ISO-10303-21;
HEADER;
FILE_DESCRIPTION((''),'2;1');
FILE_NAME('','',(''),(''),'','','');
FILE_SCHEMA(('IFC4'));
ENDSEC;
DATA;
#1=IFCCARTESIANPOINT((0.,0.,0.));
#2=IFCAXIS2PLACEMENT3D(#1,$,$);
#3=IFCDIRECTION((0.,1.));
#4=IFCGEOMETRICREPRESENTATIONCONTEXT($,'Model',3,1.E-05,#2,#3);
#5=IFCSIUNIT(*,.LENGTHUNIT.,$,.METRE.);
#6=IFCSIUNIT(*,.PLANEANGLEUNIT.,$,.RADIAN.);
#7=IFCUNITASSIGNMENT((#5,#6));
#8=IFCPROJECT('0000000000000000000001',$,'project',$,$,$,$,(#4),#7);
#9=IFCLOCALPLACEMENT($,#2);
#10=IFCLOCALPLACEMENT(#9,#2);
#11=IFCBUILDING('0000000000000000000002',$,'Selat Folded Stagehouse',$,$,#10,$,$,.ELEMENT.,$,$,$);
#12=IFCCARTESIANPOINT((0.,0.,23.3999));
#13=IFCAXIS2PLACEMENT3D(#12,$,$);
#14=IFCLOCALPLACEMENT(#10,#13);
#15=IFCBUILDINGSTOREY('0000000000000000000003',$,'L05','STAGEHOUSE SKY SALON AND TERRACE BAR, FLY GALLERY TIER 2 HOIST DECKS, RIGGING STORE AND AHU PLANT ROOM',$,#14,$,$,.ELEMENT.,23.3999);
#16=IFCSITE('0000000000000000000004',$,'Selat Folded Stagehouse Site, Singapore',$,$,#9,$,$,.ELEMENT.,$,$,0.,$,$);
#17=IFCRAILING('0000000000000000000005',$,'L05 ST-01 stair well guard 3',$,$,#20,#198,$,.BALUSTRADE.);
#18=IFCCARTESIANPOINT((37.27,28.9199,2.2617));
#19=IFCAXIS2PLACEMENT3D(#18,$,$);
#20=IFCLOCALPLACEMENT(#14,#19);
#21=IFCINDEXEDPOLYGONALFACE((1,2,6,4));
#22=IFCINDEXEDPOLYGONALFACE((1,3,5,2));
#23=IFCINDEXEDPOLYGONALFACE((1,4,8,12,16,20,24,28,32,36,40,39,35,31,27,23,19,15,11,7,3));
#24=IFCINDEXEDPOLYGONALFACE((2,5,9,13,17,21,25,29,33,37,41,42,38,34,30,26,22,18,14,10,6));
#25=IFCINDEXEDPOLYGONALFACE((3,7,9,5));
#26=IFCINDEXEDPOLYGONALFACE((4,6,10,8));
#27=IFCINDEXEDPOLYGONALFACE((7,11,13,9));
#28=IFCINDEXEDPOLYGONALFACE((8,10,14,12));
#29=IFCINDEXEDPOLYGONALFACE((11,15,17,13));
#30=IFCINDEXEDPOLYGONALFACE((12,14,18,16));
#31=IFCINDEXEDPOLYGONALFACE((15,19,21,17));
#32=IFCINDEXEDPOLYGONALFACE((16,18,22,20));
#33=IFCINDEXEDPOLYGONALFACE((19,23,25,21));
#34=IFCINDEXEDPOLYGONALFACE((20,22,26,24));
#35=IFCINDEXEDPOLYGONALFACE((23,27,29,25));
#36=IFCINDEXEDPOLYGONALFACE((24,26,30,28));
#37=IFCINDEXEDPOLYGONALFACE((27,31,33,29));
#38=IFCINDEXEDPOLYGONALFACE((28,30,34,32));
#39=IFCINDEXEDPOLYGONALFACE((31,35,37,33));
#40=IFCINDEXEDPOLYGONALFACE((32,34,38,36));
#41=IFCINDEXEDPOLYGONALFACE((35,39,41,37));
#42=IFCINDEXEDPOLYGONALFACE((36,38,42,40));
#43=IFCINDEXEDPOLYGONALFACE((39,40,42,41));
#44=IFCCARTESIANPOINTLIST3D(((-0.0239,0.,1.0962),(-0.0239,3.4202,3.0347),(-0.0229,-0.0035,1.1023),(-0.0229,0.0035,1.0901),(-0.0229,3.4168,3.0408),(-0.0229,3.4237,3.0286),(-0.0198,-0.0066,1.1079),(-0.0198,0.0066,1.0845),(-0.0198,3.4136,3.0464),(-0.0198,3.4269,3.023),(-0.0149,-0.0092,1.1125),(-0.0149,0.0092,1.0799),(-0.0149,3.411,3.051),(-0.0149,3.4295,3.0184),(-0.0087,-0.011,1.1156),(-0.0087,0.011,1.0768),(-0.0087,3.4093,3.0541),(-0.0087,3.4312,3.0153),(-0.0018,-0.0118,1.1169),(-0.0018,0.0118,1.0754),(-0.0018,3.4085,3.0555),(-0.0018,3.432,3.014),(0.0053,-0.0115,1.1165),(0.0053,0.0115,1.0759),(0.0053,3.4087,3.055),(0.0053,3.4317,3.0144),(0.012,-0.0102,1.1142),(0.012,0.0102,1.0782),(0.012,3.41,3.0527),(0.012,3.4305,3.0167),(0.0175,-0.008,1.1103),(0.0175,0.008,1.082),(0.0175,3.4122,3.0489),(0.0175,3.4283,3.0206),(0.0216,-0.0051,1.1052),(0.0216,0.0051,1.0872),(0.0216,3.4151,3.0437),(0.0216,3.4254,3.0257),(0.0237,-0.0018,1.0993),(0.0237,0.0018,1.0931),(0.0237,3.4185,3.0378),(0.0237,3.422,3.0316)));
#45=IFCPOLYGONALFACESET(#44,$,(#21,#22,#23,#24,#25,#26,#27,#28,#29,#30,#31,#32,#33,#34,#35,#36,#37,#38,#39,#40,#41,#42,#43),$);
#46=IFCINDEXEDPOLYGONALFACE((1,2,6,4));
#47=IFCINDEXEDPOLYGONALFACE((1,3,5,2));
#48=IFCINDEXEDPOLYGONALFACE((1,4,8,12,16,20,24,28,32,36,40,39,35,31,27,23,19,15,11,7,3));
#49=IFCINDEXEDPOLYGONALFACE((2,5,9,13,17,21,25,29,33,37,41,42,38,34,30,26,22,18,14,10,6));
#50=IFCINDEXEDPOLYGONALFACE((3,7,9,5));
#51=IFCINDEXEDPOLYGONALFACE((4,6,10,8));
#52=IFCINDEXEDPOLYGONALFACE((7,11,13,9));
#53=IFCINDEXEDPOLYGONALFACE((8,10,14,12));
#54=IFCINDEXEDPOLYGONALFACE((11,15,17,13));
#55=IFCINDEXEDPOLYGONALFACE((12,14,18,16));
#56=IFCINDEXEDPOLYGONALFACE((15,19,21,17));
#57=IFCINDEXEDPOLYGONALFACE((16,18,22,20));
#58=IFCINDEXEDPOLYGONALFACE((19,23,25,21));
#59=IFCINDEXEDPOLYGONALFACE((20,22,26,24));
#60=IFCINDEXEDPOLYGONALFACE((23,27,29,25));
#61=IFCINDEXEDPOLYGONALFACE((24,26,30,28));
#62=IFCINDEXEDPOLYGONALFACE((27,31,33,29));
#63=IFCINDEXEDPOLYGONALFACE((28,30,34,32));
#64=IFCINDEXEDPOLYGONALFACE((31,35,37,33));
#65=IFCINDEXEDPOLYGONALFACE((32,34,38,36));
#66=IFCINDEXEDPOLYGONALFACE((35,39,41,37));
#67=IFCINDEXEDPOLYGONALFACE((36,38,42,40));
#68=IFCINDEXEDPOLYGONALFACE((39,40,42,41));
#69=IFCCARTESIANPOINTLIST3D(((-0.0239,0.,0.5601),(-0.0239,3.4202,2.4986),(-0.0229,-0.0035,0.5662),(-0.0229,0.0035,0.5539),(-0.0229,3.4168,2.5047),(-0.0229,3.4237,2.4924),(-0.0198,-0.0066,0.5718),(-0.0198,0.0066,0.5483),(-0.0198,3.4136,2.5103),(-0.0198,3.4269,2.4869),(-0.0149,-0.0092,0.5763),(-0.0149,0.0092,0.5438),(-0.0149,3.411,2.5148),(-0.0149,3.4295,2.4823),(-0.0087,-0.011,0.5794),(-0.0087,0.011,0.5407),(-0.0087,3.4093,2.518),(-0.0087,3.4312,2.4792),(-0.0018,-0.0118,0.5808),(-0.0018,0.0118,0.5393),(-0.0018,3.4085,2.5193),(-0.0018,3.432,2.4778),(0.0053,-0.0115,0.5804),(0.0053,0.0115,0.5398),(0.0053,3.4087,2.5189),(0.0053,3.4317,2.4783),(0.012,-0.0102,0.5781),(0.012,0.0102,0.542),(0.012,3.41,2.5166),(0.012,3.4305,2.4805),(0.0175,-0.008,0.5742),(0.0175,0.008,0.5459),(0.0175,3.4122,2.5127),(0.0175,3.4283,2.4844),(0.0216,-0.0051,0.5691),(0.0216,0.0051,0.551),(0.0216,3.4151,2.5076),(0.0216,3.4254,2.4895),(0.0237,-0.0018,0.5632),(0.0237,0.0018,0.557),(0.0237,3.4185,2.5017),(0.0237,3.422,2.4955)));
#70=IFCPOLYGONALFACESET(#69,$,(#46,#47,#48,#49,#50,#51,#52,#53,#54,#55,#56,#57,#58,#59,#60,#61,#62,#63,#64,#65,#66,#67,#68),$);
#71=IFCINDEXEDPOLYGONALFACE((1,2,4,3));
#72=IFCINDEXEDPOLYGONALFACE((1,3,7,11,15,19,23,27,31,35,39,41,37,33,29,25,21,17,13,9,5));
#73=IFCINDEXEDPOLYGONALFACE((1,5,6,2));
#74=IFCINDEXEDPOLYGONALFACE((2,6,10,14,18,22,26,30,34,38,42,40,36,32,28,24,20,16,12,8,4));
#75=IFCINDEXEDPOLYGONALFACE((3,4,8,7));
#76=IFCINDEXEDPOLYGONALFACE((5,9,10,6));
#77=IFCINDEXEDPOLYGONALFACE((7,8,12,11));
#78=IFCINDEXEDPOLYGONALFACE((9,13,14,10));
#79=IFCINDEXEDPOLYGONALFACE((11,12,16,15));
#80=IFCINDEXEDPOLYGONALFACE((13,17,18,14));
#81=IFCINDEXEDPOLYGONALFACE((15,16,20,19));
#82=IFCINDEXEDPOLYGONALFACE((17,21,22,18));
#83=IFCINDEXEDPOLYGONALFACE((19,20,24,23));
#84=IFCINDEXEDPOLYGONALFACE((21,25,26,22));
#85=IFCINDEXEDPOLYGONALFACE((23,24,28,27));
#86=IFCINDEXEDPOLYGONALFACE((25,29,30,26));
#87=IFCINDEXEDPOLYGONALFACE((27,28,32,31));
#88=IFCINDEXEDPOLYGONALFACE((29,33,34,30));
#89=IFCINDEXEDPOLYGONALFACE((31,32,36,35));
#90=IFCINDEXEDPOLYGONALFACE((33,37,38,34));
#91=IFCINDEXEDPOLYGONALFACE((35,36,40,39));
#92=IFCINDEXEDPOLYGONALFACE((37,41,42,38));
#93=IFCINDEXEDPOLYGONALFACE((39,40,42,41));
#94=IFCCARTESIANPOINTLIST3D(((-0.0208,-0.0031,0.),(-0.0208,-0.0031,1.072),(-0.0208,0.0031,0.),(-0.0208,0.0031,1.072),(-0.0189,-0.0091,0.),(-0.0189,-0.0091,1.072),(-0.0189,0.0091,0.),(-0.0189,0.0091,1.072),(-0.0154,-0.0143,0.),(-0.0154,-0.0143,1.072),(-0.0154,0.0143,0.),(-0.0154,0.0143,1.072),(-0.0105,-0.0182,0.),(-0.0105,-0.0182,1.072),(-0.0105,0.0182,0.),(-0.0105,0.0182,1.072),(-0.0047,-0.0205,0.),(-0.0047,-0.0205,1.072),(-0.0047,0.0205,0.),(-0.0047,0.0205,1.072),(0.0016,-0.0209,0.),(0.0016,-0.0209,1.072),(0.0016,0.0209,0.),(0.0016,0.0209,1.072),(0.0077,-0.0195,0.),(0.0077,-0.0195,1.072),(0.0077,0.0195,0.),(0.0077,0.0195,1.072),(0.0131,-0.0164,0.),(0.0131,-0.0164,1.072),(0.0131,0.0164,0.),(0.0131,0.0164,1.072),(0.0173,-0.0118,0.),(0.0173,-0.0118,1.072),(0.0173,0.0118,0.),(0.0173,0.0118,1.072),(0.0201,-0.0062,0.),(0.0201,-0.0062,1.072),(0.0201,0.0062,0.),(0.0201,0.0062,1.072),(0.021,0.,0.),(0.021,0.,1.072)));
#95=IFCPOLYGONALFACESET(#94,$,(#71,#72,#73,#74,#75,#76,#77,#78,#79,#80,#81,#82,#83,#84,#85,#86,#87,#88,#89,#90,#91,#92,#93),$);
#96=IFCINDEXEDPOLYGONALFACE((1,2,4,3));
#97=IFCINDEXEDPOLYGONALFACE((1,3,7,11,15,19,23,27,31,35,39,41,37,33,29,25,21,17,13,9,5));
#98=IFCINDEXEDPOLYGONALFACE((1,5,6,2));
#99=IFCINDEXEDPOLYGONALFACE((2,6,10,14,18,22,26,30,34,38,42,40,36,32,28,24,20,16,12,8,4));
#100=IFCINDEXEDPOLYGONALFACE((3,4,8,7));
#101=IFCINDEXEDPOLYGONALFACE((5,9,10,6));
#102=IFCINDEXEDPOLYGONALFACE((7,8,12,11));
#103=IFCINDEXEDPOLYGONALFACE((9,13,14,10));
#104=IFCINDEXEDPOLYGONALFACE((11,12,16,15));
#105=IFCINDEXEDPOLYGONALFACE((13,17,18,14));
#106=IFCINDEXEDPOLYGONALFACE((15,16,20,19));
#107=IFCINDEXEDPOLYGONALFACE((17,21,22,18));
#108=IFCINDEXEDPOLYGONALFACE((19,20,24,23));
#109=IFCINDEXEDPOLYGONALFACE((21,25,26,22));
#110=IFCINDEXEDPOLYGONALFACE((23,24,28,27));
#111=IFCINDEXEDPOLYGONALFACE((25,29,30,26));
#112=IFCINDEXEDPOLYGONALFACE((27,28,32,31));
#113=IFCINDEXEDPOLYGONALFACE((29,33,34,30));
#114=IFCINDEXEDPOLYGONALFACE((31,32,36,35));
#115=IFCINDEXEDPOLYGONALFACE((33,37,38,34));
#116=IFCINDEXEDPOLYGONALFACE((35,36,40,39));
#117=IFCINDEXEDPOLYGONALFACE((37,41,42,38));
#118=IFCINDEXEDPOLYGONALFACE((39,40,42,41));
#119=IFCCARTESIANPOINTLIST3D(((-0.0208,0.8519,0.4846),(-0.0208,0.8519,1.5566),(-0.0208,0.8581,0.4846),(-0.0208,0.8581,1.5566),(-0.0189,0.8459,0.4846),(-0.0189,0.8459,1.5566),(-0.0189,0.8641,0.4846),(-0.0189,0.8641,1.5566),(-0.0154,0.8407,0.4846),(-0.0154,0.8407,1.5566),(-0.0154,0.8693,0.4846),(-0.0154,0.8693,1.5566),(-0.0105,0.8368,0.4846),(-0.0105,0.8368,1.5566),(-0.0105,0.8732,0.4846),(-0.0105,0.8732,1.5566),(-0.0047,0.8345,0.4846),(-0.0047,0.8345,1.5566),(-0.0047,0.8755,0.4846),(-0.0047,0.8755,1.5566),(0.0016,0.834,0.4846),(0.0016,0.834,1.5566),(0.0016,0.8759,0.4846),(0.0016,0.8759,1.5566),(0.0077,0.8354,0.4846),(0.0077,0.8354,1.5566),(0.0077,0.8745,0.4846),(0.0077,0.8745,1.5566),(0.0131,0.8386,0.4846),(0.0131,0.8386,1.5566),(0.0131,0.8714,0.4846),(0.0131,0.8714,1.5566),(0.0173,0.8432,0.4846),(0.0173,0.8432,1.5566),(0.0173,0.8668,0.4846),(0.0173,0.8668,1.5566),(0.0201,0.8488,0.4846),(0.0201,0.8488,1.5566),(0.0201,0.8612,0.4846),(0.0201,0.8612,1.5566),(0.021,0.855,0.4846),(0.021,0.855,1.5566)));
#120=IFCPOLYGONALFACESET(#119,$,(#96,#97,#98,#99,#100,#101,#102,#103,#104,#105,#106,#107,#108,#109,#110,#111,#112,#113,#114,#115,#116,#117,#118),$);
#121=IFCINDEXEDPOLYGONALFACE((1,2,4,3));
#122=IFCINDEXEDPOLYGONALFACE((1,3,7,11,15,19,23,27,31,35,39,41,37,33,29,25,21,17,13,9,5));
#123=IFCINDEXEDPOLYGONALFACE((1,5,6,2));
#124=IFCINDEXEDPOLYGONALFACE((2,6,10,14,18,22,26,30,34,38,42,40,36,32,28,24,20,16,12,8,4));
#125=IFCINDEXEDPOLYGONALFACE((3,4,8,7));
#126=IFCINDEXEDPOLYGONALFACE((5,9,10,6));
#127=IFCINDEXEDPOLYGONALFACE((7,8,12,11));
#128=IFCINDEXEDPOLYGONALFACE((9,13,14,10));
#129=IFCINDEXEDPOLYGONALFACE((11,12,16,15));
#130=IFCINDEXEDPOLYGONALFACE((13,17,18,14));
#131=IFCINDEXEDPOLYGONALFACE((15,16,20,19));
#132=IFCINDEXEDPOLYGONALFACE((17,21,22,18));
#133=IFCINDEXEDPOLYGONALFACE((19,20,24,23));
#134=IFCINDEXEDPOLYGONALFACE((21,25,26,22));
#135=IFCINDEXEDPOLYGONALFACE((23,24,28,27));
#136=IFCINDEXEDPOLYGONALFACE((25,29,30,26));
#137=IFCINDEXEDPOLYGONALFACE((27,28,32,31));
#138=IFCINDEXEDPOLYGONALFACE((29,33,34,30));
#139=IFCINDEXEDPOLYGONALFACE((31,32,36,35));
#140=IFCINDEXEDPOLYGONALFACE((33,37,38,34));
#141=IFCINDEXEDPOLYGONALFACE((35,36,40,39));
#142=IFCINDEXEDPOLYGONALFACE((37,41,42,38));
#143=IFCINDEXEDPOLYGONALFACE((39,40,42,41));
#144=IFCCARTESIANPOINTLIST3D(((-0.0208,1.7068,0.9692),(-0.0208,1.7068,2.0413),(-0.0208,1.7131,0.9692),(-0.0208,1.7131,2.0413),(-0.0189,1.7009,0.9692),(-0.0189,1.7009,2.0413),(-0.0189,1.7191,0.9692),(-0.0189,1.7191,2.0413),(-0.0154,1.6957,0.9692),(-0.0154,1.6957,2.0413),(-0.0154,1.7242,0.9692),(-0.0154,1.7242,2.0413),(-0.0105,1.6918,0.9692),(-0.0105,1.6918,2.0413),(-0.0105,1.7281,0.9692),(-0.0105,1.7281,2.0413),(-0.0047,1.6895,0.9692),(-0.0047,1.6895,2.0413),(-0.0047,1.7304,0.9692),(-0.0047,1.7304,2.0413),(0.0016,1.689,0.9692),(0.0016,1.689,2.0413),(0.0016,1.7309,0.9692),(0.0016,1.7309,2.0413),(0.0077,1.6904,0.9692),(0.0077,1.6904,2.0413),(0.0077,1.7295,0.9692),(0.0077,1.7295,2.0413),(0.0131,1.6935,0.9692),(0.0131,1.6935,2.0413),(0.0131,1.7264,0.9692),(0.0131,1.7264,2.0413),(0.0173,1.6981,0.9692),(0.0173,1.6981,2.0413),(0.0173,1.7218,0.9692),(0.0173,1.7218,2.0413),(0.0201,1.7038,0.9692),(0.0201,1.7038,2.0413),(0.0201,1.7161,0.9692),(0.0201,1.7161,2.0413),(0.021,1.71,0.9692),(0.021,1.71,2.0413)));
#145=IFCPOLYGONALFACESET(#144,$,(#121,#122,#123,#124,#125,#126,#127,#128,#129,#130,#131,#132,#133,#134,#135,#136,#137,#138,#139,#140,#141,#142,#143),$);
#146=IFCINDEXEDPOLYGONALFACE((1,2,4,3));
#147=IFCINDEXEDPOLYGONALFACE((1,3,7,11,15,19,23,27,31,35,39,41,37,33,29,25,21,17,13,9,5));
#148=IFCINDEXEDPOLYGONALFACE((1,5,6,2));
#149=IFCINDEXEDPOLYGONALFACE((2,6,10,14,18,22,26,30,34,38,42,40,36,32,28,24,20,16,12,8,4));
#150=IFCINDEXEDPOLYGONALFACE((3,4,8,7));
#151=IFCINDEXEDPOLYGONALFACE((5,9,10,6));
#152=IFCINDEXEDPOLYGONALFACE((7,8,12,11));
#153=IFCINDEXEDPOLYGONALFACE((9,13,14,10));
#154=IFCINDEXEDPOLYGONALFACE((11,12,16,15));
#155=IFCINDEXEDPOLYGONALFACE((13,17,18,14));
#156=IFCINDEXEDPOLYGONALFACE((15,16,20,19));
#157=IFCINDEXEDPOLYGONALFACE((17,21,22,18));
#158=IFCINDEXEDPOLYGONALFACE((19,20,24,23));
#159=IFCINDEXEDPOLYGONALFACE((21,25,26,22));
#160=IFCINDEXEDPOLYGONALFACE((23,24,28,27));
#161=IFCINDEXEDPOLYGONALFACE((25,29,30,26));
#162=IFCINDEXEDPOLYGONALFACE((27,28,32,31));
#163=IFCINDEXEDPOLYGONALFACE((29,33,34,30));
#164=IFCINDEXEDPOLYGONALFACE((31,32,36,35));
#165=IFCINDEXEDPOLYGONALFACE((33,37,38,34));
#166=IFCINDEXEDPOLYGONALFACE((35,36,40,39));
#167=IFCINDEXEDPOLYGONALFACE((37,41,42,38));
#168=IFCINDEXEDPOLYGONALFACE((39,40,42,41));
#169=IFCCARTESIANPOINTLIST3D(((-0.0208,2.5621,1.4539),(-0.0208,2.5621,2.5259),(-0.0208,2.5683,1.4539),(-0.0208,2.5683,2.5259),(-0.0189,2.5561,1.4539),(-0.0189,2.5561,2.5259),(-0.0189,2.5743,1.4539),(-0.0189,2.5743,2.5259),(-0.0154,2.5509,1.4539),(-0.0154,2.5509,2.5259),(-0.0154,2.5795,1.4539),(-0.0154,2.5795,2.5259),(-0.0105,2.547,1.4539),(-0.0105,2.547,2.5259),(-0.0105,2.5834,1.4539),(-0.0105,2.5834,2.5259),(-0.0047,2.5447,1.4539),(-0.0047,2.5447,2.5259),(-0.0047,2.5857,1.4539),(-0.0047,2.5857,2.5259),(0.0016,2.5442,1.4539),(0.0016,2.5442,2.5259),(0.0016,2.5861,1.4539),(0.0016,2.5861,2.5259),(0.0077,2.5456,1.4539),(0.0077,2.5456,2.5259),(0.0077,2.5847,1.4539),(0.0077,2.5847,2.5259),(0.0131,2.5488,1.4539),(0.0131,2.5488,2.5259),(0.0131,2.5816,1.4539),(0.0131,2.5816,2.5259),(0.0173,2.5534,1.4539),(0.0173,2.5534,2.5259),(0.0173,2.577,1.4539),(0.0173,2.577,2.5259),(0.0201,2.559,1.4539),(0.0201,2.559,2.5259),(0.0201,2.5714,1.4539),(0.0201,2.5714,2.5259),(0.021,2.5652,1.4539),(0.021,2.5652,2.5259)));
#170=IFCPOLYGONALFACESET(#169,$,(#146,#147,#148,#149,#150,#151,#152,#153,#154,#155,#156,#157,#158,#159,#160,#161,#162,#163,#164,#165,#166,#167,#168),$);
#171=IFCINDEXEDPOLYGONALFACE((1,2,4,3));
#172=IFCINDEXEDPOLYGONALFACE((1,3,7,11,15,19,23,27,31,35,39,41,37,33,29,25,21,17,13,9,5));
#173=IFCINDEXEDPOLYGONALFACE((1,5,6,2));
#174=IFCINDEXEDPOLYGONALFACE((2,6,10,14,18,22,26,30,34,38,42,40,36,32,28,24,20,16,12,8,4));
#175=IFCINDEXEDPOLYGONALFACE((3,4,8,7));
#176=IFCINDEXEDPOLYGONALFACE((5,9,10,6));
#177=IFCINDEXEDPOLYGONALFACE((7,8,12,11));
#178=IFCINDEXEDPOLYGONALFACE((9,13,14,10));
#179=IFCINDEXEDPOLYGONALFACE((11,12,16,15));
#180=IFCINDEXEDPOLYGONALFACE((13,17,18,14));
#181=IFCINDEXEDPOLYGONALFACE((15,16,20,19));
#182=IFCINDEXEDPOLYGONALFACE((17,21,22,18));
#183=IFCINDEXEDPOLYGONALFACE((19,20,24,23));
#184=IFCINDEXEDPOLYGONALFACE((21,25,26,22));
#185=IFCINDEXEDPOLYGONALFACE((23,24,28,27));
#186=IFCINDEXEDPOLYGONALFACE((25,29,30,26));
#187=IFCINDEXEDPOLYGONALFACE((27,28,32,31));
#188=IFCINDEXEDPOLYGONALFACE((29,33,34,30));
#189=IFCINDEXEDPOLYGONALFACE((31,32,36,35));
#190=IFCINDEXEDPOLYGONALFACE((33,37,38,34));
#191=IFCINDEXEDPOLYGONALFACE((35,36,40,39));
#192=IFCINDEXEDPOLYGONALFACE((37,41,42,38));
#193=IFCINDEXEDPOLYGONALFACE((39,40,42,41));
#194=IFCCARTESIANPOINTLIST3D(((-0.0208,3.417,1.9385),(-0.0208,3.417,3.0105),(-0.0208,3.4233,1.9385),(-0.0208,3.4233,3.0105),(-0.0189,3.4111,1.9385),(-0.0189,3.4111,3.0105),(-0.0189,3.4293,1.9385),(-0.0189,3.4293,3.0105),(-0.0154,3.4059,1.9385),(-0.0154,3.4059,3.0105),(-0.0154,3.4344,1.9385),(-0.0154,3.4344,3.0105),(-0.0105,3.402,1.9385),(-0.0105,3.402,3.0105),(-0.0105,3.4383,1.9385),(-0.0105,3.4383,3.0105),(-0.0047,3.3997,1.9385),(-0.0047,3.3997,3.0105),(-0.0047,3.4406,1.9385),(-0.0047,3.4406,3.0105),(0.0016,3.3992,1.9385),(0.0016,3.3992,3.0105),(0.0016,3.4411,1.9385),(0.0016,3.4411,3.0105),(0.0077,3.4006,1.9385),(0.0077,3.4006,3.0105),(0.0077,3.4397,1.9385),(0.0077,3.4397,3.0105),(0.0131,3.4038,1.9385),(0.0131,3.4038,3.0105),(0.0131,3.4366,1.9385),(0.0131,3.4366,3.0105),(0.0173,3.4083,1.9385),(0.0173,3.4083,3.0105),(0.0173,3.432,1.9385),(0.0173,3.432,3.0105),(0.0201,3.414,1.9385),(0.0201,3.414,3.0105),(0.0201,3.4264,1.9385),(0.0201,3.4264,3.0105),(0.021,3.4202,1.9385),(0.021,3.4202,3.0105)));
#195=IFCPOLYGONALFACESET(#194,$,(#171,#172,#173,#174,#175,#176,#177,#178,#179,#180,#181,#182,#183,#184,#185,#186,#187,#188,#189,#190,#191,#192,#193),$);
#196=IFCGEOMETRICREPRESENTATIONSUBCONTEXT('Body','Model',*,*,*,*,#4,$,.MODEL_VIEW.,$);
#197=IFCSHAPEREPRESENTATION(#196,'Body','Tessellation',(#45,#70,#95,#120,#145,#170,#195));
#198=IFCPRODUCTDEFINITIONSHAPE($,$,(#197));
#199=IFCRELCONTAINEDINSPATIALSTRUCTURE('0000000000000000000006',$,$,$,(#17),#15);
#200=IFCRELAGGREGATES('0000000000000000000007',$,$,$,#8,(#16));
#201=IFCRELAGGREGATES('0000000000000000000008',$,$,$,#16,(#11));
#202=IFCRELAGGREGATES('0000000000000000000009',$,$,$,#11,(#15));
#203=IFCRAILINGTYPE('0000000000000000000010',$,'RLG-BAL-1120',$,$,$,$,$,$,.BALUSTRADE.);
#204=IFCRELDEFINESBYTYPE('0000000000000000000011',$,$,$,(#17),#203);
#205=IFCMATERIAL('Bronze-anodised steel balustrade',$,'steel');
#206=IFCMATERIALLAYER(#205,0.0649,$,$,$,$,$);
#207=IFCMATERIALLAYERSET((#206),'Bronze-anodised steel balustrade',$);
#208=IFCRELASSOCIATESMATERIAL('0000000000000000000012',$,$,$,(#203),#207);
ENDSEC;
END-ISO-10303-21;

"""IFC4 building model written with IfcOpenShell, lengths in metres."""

from ifc_helpers import new_model, si_unit, direction, frame, origin, origin_2d, place, context, subcontext, project, spatial, circle, extrude, material, layer, layer_set, type_object, element, save


model = new_model("IFC4")

# Units and contexts
model_context = context("Model", 3, precision=1e-05, world=origin(), true_north=direction((0.0, 1.0)))
body_context = subcontext(model_context, "Body", "Model", "MODEL_VIEW")
ifc_project = project(units=[si_unit("LENGTHUNIT", "METRE"), si_unit("PLANEANGLEUNIT", "RADIAN")], contexts=[model_context])

# Site, building, storey
site_placement = place(None, origin())
site = spatial("IfcSite", under=ifc_project, at=site_placement, Name="Selat Folded Stagehouse Site, Singapore", CompositionType="ELEMENT", RefElevation=0.0)
building_placement = place(site_placement, origin())
building = spatial("IfcBuilding", under=site, at=building_placement, Name="Selat Folded Stagehouse", CompositionType="ELEMENT")
storey_placement = place(building_placement, frame((0.0, 0.0, 23.3999)))
storey = spatial("IfcBuildingStorey", under=building, at=storey_placement, Name="L05", Description="STAGEHOUSE SKY SALON AND TERRACE BAR, FLY GALLERY TIER 2 HOIST DECKS, RIGGING STORE AND AHU PLANT ROOM", CompositionType="ELEMENT", Elevation=23.3999)

# Railing
ifc_material_1 = material(Name="Bronze-anodised steel balustrade", Category="steel")
ifc_layer_1 = layer(ifc_material_1, 0.0649)
ifc_layer_set_1 = layer_set([ifc_layer_1], Name="Bronze-anodised steel balustrade")
railing_type_1 = type_object("IfcRailingType", Name="RLG-BAL-1120", PredefinedType="BALUSTRADE", material=ifc_layer_set_1)
railing_1_placement = place(storey_placement, frame((37.27, 28.9199, 2.2617)))
element("IfcRailing", 1, at=railing_1_placement, inside=storey, type_object=railing_type_1, Name="L05 ST-01 stair well guard 3", PredefinedType="BALUSTRADE", context=body_context, shape_type="SweptSolid", body=[
    extrude(circle(Radius=0.0239, at=origin_2d()), frame((0.0, 0.0, 1.0962), z_axis=(0.0, 0.86998, 0.493086), x_axis=(-1.0, 0.0, 0.0)), (0.0, 0.0, 1.0), 3.9314),
    extrude(circle(Radius=0.0239, at=origin_2d()), frame((0.0, 0.0, 0.5601), z_axis=(0.0, 0.86998, 0.493086), x_axis=(-1.0, 0.0, 0.0)), (0.0, 0.0, 1.0), 3.9314),
    extrude(circle(Radius=0.021, at=origin_2d()), origin(), (0.0, 0.0, 1.0), 1.072),
    extrude(circle(Radius=0.021, at=origin_2d()), frame((0.0, 0.855, 0.4846)), (0.0, 0.0, 1.0), 1.072),
    extrude(circle(Radius=0.021, at=origin_2d()), frame((0.0, 1.71, 0.9692)), (0.0, 0.0, 1.0), 1.072),
    extrude(circle(Radius=0.021, at=origin_2d()), frame((0.0, 2.5652, 1.4539)), (0.0, 0.0, 1.0), 1.072),
    extrude(circle(Radius=0.021, at=origin_2d()), frame((0.0, 3.4202, 1.9385)), (0.0, 0.0, 1.0), 1.072),
])

save(model, "model.ifc")
